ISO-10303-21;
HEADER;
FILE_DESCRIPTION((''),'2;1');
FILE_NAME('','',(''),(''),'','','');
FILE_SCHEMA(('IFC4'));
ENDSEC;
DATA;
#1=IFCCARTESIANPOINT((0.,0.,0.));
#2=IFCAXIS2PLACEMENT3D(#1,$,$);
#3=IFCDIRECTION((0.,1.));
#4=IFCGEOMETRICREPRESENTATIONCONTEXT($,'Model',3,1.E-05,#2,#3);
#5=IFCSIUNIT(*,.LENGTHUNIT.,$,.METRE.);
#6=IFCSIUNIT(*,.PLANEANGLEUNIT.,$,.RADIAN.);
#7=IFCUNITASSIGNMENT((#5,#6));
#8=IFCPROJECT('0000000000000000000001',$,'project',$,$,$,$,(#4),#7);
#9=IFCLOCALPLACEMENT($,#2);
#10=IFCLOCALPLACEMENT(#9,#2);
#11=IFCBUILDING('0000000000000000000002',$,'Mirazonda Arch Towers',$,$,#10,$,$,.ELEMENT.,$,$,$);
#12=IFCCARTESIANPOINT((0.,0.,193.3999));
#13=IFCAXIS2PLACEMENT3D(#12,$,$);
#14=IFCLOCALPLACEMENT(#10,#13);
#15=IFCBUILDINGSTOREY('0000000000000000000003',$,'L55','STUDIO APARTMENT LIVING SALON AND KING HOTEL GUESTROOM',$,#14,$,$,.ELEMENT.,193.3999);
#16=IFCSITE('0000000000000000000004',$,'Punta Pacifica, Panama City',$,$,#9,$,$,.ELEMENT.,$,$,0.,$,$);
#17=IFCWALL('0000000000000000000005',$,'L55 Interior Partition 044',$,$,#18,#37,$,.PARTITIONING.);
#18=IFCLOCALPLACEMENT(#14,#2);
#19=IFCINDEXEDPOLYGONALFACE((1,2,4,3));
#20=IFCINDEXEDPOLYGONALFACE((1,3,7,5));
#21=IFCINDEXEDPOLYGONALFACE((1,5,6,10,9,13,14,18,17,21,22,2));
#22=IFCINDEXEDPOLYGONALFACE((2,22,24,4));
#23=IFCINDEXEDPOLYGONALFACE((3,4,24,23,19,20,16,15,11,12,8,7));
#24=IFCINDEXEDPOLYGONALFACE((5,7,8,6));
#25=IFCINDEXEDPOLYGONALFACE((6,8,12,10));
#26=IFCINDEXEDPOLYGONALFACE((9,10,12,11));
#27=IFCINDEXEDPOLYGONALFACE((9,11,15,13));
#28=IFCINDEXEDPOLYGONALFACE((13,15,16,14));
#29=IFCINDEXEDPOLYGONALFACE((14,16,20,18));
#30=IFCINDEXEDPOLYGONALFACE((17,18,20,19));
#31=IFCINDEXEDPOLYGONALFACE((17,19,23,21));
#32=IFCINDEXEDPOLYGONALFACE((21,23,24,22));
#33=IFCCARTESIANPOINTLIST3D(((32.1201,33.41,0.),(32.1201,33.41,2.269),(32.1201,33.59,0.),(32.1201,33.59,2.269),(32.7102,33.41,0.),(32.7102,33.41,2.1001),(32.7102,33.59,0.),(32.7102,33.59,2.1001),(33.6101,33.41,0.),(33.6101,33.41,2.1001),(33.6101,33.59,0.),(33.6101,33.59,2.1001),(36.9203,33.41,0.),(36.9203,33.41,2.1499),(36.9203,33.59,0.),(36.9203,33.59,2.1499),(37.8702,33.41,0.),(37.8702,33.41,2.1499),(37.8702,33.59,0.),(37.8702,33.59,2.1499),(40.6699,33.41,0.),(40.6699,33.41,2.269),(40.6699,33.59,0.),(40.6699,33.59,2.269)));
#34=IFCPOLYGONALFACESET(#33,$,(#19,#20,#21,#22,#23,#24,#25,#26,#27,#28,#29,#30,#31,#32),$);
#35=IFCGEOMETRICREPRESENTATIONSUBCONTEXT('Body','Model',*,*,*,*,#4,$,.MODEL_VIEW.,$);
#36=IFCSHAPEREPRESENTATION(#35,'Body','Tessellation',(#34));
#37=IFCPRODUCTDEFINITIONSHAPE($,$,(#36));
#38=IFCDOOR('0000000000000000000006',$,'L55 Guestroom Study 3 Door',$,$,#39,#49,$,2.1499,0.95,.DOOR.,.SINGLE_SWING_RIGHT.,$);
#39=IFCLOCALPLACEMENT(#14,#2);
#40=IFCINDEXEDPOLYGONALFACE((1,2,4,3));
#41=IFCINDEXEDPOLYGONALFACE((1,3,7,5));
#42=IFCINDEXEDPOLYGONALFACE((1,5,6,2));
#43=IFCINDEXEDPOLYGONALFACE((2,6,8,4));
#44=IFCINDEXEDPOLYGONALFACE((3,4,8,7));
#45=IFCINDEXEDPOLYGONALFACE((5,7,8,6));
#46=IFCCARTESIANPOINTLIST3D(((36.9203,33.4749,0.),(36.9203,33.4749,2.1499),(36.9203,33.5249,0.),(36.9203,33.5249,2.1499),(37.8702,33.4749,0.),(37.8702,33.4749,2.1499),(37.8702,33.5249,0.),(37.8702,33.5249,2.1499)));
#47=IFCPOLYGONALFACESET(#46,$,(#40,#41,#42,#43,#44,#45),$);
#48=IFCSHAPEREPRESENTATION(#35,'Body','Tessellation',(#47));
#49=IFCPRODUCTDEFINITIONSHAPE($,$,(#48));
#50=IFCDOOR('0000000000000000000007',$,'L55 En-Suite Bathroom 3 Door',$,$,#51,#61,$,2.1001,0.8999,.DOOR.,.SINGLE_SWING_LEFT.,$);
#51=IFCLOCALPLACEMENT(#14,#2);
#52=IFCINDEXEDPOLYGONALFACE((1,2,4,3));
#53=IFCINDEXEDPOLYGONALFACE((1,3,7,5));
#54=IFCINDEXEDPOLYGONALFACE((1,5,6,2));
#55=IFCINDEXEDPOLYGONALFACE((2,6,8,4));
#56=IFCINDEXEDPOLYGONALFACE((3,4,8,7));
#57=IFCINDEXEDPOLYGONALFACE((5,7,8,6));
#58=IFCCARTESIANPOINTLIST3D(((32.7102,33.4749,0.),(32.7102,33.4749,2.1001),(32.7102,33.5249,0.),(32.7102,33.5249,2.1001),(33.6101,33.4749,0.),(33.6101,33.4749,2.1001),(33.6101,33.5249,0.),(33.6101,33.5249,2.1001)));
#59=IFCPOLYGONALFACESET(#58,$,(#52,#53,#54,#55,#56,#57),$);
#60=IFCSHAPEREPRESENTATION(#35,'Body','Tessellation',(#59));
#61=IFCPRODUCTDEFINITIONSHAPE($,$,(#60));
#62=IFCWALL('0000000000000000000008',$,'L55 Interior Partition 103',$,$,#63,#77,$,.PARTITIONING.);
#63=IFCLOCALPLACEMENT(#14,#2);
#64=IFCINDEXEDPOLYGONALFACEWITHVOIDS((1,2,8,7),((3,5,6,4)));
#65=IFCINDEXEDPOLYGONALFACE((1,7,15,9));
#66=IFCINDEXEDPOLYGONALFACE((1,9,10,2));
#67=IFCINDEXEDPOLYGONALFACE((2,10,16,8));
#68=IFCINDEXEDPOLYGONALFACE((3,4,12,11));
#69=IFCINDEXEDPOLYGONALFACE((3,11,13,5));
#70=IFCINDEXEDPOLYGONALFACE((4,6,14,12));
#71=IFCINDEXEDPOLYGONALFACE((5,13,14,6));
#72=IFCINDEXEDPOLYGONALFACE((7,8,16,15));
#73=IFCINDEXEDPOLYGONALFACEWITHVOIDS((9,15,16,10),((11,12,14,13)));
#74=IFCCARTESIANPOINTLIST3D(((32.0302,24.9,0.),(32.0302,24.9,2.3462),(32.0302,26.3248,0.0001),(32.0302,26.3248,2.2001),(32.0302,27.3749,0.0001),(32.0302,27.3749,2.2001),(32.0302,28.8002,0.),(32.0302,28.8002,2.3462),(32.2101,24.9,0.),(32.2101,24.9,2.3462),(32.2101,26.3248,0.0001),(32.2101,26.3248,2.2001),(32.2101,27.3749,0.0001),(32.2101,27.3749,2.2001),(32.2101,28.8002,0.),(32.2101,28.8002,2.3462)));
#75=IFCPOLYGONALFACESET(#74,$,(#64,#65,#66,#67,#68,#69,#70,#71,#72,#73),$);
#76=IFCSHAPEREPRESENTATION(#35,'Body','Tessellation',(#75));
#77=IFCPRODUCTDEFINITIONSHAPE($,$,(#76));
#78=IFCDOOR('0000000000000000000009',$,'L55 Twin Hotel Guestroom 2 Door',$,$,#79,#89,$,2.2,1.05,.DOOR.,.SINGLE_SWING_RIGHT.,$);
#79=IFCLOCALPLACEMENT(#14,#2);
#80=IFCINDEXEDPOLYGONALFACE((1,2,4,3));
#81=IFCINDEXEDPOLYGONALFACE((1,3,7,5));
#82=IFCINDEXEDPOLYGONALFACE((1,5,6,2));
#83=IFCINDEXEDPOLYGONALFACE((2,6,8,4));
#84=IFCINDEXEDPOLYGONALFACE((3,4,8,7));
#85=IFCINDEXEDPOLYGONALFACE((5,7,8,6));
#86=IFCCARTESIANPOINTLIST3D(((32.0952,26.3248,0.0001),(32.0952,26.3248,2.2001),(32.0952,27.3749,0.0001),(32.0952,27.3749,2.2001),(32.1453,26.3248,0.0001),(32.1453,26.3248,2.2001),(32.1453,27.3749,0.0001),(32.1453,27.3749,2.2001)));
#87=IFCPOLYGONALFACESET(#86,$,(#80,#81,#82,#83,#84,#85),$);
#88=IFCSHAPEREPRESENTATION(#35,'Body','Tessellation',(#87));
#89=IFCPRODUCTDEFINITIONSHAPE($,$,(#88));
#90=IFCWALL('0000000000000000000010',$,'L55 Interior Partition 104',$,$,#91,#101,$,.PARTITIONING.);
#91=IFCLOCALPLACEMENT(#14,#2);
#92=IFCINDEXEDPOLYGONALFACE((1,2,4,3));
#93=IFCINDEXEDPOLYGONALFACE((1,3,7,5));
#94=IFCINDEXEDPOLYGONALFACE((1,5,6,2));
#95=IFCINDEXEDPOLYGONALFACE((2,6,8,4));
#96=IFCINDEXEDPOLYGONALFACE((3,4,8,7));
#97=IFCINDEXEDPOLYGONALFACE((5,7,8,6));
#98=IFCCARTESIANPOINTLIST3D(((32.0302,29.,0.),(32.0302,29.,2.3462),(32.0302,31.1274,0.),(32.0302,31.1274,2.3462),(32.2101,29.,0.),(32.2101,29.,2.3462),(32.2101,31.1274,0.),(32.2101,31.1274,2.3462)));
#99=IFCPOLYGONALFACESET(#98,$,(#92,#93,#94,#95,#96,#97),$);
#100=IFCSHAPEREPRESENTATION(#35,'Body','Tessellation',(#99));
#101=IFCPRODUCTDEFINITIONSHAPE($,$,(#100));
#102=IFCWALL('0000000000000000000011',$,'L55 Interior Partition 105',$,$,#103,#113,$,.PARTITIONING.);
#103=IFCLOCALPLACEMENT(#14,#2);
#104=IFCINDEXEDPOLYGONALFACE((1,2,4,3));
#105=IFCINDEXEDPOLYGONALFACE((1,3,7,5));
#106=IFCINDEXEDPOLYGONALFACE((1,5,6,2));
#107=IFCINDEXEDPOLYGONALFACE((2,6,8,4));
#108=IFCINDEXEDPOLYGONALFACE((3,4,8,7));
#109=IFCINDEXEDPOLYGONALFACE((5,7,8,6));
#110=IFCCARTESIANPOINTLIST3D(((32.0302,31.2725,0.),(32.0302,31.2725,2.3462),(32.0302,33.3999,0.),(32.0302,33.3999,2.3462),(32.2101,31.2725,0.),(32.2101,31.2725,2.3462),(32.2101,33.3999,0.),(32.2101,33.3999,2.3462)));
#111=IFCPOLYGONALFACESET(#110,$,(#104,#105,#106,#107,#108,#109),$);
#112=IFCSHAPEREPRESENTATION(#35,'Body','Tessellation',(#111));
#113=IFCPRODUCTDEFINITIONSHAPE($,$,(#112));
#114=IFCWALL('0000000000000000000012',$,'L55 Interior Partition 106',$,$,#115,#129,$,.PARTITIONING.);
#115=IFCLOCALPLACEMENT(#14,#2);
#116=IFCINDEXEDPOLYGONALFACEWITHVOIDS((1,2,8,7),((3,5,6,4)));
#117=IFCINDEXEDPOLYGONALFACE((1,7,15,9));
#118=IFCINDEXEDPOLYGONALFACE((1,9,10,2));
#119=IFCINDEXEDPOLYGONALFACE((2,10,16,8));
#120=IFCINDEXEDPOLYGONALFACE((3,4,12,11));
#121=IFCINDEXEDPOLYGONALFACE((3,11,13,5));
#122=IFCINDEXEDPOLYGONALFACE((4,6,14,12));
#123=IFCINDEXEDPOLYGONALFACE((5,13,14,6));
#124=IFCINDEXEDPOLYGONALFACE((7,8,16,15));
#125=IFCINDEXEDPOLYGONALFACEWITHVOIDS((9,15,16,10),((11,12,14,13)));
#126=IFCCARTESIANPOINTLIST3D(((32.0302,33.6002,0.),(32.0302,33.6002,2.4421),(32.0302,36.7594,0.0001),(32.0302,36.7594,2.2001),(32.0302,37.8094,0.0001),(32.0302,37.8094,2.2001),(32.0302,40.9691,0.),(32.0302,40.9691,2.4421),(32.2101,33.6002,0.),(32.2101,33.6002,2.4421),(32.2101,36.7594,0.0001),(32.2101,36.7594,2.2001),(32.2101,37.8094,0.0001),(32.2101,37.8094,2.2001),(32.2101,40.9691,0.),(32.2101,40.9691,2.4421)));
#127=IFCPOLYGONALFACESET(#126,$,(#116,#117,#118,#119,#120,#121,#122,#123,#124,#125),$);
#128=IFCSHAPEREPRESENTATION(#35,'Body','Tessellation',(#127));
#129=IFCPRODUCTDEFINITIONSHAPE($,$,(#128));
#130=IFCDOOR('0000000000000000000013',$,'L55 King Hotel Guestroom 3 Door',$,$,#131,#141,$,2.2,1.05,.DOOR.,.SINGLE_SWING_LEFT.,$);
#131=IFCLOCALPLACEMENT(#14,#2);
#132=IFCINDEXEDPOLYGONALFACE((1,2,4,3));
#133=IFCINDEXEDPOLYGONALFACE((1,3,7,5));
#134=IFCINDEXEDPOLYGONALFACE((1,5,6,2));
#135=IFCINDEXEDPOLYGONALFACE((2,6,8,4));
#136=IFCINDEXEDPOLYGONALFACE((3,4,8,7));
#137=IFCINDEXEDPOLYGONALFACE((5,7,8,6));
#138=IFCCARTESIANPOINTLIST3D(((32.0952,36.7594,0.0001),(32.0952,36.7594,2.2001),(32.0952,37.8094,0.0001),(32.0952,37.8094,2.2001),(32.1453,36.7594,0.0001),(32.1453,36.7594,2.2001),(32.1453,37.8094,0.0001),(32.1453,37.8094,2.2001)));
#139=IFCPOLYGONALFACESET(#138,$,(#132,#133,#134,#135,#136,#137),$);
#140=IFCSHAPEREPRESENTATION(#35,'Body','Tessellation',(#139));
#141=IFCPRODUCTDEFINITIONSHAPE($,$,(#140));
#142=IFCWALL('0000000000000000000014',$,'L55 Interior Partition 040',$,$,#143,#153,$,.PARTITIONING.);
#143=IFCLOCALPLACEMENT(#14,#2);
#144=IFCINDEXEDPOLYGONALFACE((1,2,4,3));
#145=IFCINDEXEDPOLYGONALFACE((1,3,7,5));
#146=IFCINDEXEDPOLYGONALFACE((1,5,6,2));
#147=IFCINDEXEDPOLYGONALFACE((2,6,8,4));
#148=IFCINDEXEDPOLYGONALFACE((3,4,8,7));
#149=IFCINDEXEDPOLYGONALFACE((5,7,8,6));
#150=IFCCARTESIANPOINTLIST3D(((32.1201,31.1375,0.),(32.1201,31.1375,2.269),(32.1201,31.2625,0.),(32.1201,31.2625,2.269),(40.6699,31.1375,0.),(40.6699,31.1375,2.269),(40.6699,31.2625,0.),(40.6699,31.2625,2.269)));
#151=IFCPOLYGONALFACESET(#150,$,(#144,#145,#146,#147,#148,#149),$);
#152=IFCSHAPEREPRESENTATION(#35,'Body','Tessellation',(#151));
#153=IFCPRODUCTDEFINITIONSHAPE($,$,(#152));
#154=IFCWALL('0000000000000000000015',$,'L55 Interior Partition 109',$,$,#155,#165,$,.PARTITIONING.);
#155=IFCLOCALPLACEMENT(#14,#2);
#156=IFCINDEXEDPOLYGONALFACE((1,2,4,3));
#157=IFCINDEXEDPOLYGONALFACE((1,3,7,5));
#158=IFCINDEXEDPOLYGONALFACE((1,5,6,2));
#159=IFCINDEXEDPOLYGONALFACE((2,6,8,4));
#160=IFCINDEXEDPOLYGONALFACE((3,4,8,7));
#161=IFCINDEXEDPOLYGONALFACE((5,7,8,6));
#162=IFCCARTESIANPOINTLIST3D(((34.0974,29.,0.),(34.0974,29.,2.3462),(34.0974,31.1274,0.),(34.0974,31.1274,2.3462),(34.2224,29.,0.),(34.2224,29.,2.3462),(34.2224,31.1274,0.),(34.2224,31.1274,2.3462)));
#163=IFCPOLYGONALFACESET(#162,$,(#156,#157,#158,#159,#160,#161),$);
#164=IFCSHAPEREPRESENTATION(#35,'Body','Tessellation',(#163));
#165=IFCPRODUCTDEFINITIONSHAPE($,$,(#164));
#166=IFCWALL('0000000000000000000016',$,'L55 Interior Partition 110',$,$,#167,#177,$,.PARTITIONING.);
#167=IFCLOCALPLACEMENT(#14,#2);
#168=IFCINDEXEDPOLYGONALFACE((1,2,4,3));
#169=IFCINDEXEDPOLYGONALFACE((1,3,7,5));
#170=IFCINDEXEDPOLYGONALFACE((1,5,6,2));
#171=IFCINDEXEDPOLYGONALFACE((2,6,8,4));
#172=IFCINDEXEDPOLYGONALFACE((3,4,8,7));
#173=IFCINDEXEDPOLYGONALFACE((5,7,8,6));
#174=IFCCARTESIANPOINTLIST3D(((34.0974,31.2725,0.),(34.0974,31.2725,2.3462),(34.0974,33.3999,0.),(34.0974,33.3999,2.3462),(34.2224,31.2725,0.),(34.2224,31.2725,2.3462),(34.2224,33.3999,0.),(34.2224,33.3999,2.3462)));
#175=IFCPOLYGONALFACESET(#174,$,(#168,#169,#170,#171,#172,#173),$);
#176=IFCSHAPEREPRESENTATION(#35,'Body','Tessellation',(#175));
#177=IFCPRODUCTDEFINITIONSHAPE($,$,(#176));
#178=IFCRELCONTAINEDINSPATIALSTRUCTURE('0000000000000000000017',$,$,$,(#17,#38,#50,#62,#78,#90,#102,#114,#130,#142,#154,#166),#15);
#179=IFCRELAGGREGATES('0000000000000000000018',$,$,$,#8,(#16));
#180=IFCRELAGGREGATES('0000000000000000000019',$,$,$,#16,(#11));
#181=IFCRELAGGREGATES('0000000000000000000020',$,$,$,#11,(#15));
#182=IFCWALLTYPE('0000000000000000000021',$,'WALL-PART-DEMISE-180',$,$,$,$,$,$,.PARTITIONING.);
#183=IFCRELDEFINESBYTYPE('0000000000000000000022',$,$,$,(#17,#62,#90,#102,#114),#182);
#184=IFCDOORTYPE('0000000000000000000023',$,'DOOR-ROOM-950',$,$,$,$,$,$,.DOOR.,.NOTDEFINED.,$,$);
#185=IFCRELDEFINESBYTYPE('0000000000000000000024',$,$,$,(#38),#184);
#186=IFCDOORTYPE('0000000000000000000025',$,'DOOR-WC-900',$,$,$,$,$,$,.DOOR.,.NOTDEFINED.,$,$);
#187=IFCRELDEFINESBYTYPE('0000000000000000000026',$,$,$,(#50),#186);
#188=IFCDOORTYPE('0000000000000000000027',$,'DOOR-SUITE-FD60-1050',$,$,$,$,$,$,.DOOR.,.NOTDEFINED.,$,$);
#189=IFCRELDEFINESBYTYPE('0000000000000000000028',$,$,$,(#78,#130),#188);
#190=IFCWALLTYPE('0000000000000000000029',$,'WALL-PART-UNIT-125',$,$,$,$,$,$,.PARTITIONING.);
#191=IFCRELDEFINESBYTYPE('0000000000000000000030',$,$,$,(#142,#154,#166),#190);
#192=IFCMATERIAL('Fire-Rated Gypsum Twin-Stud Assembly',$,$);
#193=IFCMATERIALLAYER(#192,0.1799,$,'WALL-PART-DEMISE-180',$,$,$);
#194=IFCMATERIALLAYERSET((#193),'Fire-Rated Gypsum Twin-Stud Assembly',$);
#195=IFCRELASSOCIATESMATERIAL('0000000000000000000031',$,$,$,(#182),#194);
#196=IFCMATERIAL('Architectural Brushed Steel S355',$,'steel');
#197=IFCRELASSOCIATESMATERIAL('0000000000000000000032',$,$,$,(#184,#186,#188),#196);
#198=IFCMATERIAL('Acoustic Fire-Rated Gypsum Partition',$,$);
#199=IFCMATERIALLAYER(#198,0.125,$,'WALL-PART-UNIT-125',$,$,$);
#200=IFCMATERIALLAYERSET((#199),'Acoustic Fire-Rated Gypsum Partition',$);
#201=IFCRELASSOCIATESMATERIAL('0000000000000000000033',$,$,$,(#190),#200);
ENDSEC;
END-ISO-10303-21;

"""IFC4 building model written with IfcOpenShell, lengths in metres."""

from ifc_helpers import new_model, si_unit, direction, frame, frame_2d, origin, place, context, subcontext, project, spatial, rectangle, extrude, material, layer, layer_set, type_object, element, fill, save


model = new_model("IFC4")

# Units and contexts
model_context = context("Model", 3, precision=1e-05, world=origin(), true_north=direction((0.0, 1.0)))
body_context = subcontext(model_context, "Body", "Model", "MODEL_VIEW")
ifc_project = project(units=[si_unit("LENGTHUNIT", "METRE"), si_unit("PLANEANGLEUNIT", "RADIAN")], contexts=[model_context])

# Site, building, storey
site_placement = place(None, origin())
site = spatial("IfcSite", under=ifc_project, at=site_placement, Name="Punta Pacifica, Panama City", CompositionType="ELEMENT", RefElevation=0.0)
building_placement = place(site_placement, origin())
building = spatial("IfcBuilding", under=site, at=building_placement, Name="Mirazonda Arch Towers", CompositionType="ELEMENT")
storey_placement = place(building_placement, frame((0.0, 0.0, 193.3999)))
storey = spatial("IfcBuildingStorey", under=building, at=storey_placement, Name="L55", Description="STUDIO APARTMENT LIVING SALON AND KING HOTEL GUESTROOM", CompositionType="ELEMENT", Elevation=193.3999)

# Shared definitions
ifc_material_1 = material(Name="Fire-Rated Gypsum Twin-Stud Assembly")
ifc_layer_1 = layer(ifc_material_1, 0.1799, Name="WALL-PART-DEMISE-180")
ifc_layer_set_1 = layer_set([ifc_layer_1], Name="Fire-Rated Gypsum Twin-Stud Assembly")
wall_type_1 = type_object("IfcWallType", Name="WALL-PART-DEMISE-180", PredefinedType="PARTITIONING", material=ifc_layer_set_1)

# Wall, openings, doors
ifc_material_2 = material(Name="Architectural Brushed Steel S355", Category="steel")
door_type_1 = type_object("IfcDoorType", Name="DOOR-ROOM-950", OperationType="NOTDEFINED", PredefinedType="DOOR", material=ifc_material_2)
door_type_2 = type_object("IfcDoorType", Name="DOOR-WC-900", OperationType="NOTDEFINED", PredefinedType="DOOR", material=ifc_material_2)
wall_1_placement = place(storey_placement, frame((32.1201, 33.5, 0.0), z_axis=(0.0, 0.0, 1.0), x_axis=(1.0, 0.0, 0.0)))
wall_1 = element("IfcWall", 1, at=wall_1_placement, inside=storey, type_object=wall_type_1, Name="L55 Interior Partition 044", PredefinedType="PARTITIONING", context=body_context, shape_type="SweptSolid", body=[
    extrude(rectangle(XDim=8.5498, YDim=0.1799, at=frame_2d((4.2749, 0.0))), origin(), (0.0, 0.0, 1.0), 2.269),
])
opening_1_placement = place(wall_1_placement, frame((4.8, 0.0, 0.0)))
opening_1 = element("IfcOpeningElement", 2, at=opening_1_placement, cuts=wall_1, PredefinedType="OPENING", context=body_context, shape_type="SweptSolid", body=[
    extrude(rectangle(XDim=0.95, YDim=2.1499, at=frame_2d((0.4751, 1.075))), frame((0.0, 0.0999, 0.0), z_axis=(0.0, -1.0, 0.0), x_axis=(1.0, 0.0, 0.0)), (0.0, 0.0, 1.0), 0.2),
])
opening_2_placement = place(wall_1_placement, frame((0.5901, 0.0, 0.0)))
opening_2 = element("IfcOpeningElement", 3, at=opening_2_placement, cuts=wall_1, PredefinedType="OPENING", context=body_context, shape_type="SweptSolid", body=[
    extrude(rectangle(XDim=0.8999, YDim=2.1001, at=frame_2d((0.45, 1.05))), frame((0.0, 0.0999, 0.0), z_axis=(0.0, -1.0, 0.0), x_axis=(1.0, 0.0, 0.0)), (0.0, 0.0, 1.0), 0.2),
])
door_1_placement = place(opening_1_placement, origin())
door_1 = element("IfcDoor", 4, at=door_1_placement, inside=storey, type_object=door_type_1, Name="L55 Guestroom Study 3 Door", OperationType="SINGLE_SWING_RIGHT", OverallHeight=2.1499, OverallWidth=0.95, PredefinedType="DOOR", context=body_context, shape_type="SweptSolid", body=[
    extrude(rectangle(XDim=0.95, YDim=2.1499, at=frame_2d((0.4751, 1.075))), frame((0.0, 0.0249, 0.0), z_axis=(0.0, -1.0, 0.0), x_axis=(1.0, 0.0, 0.0)), (0.0, 0.0, 1.0), 0.05),
])
fill(opening_1, door_1)
door_2_placement = place(opening_2_placement, origin())
door_2 = element("IfcDoor", 5, at=door_2_placement, inside=storey, type_object=door_type_2, Name="L55 En-Suite Bathroom 3 Door", OperationType="SINGLE_SWING_LEFT", OverallHeight=2.1001, OverallWidth=0.8999, PredefinedType="DOOR", context=body_context, shape_type="SweptSolid", body=[
    extrude(rectangle(XDim=0.8999, YDim=2.1001, at=frame_2d((0.45, 1.05))), frame((0.0, 0.0249, 0.0), z_axis=(0.0, -1.0, 0.0), x_axis=(1.0, 0.0, 0.0)), (0.0, 0.0, 1.0), 0.05),
])
fill(opening_2, door_2)

# Wall, opening, door
wall_2_placement = place(storey_placement, frame((32.1201, 24.8999, 0.0), z_axis=(0.0, 0.0, 1.0), x_axis=(0.0, 1.0, 0.0)))
wall_2 = element("IfcWall", 6, at=wall_2_placement, inside=storey, type_object=wall_type_1, Name="L55 Interior Partition 103", PredefinedType="PARTITIONING", context=body_context, shape_type="SweptSolid", body=[
    extrude(rectangle(XDim=3.9001, YDim=0.1799, at=frame_2d((1.9502, 0.0))), origin(), (0.0, 0.0, 1.0), 2.3462),
])
opening_3_placement = place(wall_2_placement, frame((1.425, 0.0, 0.0)))
opening_3 = element("IfcOpeningElement", 7, at=opening_3_placement, cuts=wall_2, PredefinedType="OPENING", context=body_context, shape_type="SweptSolid", body=[
    extrude(rectangle(XDim=1.05, YDim=2.2, at=frame_2d((0.5249, 1.1001))), frame((0.0, 0.0999, 0.0), z_axis=(0.0, -1.0, 0.0), x_axis=(1.0, 0.0, 0.0)), (0.0, 0.0, 1.0), 0.2),
])
door_type_3 = type_object("IfcDoorType", Name="DOOR-SUITE-FD60-1050", OperationType="NOTDEFINED", PredefinedType="DOOR", material=ifc_material_2)
door_3_placement = place(opening_3_placement, origin())
door_3 = element("IfcDoor", 8, at=door_3_placement, inside=storey, type_object=door_type_3, Name="L55 Twin Hotel Guestroom 2 Door", OperationType="SINGLE_SWING_RIGHT", OverallHeight=2.2, OverallWidth=1.05, PredefinedType="DOOR", context=body_context, shape_type="SweptSolid", body=[
    extrude(rectangle(XDim=1.05, YDim=2.2, at=frame_2d((0.5249, 1.1001))), frame((0.0, 0.0249, 0.0), z_axis=(0.0, -1.0, 0.0), x_axis=(1.0, 0.0, 0.0)), (0.0, 0.0, 1.0), 0.05),
])
fill(opening_3, door_3)

# Walls
for number, where, z_axis, x_axis, name in (
    (9, (32.1201, 29.0, 0.0), (0.0, 0.0, 1.0), (0.0, 1.0, 0.0), "L55 Interior Partition 104"),
    (10, (32.1201, 31.2725, 0.0), (0.0, 0.0, 1.0), (0.0, 1.0, 0.0), "L55 Interior Partition 105"),
):
    element("IfcWall", number, at=place(storey_placement, frame(where, z_axis=z_axis, x_axis=x_axis)), inside=storey, type_object=wall_type_1, Name=name, PredefinedType="PARTITIONING", context=body_context, shape_type="SweptSolid", body=[
        extrude(rectangle(XDim=2.1274, YDim=0.1799, at=frame_2d((1.0637, 0.0))), origin(), (0.0, 0.0, 1.0), 2.3462),
    ])

# Wall, opening, door
wall_3_placement = place(storey_placement, frame((32.1201, 33.6001, 0.0), z_axis=(0.0, 0.0, 1.0), x_axis=(0.0, 1.0, 0.0)))
wall_3 = element("IfcWall", 11, at=wall_3_placement, inside=storey, type_object=wall_type_1, Name="L55 Interior Partition 106", PredefinedType="PARTITIONING", context=body_context, shape_type="SweptSolid", body=[
    extrude(rectangle(XDim=7.3689, YDim=0.1799, at=frame_2d((3.6846, 0.0))), origin(), (0.0, 0.0, 1.0), 2.4421),
])
opening_4_placement = place(wall_3_placement, frame((3.1594, 0.0, 0.0)))
opening_4 = element("IfcOpeningElement", 12, at=opening_4_placement, cuts=wall_3, PredefinedType="OPENING", context=body_context, shape_type="SweptSolid", body=[
    extrude(rectangle(XDim=1.05, YDim=2.2, at=frame_2d((0.5249, 1.1001))), frame((0.0, 0.0999, 0.0), z_axis=(0.0, -1.0, 0.0), x_axis=(1.0, 0.0, 0.0)), (0.0, 0.0, 1.0), 0.2),
])
door_4_placement = place(opening_4_placement, origin())
door_4 = element("IfcDoor", 13, at=door_4_placement, inside=storey, type_object=door_type_3, Name="L55 King Hotel Guestroom 3 Door", OperationType="SINGLE_SWING_LEFT", OverallHeight=2.2, OverallWidth=1.05, PredefinedType="DOOR", context=body_context, shape_type="SweptSolid", body=[
    extrude(rectangle(XDim=1.05, YDim=2.2, at=frame_2d((0.5249, 1.1001))), frame((0.0, 0.0249, 0.0), z_axis=(0.0, -1.0, 0.0), x_axis=(1.0, 0.0, 0.0)), (0.0, 0.0, 1.0), 0.05),
])
fill(opening_4, door_4)

# Walls
ifc_material_3 = material(Name="Acoustic Fire-Rated Gypsum Partition")
ifc_layer_2 = layer(ifc_material_3, 0.125, Name="WALL-PART-UNIT-125")
ifc_layer_set_2 = layer_set([ifc_layer_2], Name="Acoustic Fire-Rated Gypsum Partition")
wall_type_2 = type_object("IfcWallType", Name="WALL-PART-UNIT-125", PredefinedType="PARTITIONING", material=ifc_layer_set_2)
wall_4_placement = place(storey_placement, frame((32.1201, 31.2, 0.0), z_axis=(0.0, 0.0, 1.0), x_axis=(1.0, 0.0, 0.0)))
element("IfcWall", 14, at=wall_4_placement, inside=storey, type_object=wall_type_2, Name="L55 Interior Partition 040", PredefinedType="PARTITIONING", context=body_context, shape_type="SweptSolid", body=[
    extrude(rectangle(XDim=8.5498, YDim=0.125, at=frame_2d((4.2749, 0.0))), origin(), (0.0, 0.0, 1.0), 2.269),
])
for number, where, z_axis, x_axis, name in (
    (15, (34.1599, 29.0, 0.0), (0.0, 0.0, 1.0), (0.0, 1.0, 0.0), "L55 Interior Partition 109"),
    (16, (34.1599, 31.2725, 0.0), (0.0, 0.0, 1.0), (0.0, 1.0, 0.0), "L55 Interior Partition 110"),
):
    element("IfcWall", number, at=place(storey_placement, frame(where, z_axis=z_axis, x_axis=x_axis)), inside=storey, type_object=wall_type_2, Name=name, PredefinedType="PARTITIONING", context=body_context, shape_type="SweptSolid", body=[
        extrude(rectangle(XDim=2.1274, YDim=0.125, at=frame_2d((1.0637, 0.0))), origin(), (0.0, 0.0, 1.0), 2.3462),
    ])

save(model, "model.ifc")
